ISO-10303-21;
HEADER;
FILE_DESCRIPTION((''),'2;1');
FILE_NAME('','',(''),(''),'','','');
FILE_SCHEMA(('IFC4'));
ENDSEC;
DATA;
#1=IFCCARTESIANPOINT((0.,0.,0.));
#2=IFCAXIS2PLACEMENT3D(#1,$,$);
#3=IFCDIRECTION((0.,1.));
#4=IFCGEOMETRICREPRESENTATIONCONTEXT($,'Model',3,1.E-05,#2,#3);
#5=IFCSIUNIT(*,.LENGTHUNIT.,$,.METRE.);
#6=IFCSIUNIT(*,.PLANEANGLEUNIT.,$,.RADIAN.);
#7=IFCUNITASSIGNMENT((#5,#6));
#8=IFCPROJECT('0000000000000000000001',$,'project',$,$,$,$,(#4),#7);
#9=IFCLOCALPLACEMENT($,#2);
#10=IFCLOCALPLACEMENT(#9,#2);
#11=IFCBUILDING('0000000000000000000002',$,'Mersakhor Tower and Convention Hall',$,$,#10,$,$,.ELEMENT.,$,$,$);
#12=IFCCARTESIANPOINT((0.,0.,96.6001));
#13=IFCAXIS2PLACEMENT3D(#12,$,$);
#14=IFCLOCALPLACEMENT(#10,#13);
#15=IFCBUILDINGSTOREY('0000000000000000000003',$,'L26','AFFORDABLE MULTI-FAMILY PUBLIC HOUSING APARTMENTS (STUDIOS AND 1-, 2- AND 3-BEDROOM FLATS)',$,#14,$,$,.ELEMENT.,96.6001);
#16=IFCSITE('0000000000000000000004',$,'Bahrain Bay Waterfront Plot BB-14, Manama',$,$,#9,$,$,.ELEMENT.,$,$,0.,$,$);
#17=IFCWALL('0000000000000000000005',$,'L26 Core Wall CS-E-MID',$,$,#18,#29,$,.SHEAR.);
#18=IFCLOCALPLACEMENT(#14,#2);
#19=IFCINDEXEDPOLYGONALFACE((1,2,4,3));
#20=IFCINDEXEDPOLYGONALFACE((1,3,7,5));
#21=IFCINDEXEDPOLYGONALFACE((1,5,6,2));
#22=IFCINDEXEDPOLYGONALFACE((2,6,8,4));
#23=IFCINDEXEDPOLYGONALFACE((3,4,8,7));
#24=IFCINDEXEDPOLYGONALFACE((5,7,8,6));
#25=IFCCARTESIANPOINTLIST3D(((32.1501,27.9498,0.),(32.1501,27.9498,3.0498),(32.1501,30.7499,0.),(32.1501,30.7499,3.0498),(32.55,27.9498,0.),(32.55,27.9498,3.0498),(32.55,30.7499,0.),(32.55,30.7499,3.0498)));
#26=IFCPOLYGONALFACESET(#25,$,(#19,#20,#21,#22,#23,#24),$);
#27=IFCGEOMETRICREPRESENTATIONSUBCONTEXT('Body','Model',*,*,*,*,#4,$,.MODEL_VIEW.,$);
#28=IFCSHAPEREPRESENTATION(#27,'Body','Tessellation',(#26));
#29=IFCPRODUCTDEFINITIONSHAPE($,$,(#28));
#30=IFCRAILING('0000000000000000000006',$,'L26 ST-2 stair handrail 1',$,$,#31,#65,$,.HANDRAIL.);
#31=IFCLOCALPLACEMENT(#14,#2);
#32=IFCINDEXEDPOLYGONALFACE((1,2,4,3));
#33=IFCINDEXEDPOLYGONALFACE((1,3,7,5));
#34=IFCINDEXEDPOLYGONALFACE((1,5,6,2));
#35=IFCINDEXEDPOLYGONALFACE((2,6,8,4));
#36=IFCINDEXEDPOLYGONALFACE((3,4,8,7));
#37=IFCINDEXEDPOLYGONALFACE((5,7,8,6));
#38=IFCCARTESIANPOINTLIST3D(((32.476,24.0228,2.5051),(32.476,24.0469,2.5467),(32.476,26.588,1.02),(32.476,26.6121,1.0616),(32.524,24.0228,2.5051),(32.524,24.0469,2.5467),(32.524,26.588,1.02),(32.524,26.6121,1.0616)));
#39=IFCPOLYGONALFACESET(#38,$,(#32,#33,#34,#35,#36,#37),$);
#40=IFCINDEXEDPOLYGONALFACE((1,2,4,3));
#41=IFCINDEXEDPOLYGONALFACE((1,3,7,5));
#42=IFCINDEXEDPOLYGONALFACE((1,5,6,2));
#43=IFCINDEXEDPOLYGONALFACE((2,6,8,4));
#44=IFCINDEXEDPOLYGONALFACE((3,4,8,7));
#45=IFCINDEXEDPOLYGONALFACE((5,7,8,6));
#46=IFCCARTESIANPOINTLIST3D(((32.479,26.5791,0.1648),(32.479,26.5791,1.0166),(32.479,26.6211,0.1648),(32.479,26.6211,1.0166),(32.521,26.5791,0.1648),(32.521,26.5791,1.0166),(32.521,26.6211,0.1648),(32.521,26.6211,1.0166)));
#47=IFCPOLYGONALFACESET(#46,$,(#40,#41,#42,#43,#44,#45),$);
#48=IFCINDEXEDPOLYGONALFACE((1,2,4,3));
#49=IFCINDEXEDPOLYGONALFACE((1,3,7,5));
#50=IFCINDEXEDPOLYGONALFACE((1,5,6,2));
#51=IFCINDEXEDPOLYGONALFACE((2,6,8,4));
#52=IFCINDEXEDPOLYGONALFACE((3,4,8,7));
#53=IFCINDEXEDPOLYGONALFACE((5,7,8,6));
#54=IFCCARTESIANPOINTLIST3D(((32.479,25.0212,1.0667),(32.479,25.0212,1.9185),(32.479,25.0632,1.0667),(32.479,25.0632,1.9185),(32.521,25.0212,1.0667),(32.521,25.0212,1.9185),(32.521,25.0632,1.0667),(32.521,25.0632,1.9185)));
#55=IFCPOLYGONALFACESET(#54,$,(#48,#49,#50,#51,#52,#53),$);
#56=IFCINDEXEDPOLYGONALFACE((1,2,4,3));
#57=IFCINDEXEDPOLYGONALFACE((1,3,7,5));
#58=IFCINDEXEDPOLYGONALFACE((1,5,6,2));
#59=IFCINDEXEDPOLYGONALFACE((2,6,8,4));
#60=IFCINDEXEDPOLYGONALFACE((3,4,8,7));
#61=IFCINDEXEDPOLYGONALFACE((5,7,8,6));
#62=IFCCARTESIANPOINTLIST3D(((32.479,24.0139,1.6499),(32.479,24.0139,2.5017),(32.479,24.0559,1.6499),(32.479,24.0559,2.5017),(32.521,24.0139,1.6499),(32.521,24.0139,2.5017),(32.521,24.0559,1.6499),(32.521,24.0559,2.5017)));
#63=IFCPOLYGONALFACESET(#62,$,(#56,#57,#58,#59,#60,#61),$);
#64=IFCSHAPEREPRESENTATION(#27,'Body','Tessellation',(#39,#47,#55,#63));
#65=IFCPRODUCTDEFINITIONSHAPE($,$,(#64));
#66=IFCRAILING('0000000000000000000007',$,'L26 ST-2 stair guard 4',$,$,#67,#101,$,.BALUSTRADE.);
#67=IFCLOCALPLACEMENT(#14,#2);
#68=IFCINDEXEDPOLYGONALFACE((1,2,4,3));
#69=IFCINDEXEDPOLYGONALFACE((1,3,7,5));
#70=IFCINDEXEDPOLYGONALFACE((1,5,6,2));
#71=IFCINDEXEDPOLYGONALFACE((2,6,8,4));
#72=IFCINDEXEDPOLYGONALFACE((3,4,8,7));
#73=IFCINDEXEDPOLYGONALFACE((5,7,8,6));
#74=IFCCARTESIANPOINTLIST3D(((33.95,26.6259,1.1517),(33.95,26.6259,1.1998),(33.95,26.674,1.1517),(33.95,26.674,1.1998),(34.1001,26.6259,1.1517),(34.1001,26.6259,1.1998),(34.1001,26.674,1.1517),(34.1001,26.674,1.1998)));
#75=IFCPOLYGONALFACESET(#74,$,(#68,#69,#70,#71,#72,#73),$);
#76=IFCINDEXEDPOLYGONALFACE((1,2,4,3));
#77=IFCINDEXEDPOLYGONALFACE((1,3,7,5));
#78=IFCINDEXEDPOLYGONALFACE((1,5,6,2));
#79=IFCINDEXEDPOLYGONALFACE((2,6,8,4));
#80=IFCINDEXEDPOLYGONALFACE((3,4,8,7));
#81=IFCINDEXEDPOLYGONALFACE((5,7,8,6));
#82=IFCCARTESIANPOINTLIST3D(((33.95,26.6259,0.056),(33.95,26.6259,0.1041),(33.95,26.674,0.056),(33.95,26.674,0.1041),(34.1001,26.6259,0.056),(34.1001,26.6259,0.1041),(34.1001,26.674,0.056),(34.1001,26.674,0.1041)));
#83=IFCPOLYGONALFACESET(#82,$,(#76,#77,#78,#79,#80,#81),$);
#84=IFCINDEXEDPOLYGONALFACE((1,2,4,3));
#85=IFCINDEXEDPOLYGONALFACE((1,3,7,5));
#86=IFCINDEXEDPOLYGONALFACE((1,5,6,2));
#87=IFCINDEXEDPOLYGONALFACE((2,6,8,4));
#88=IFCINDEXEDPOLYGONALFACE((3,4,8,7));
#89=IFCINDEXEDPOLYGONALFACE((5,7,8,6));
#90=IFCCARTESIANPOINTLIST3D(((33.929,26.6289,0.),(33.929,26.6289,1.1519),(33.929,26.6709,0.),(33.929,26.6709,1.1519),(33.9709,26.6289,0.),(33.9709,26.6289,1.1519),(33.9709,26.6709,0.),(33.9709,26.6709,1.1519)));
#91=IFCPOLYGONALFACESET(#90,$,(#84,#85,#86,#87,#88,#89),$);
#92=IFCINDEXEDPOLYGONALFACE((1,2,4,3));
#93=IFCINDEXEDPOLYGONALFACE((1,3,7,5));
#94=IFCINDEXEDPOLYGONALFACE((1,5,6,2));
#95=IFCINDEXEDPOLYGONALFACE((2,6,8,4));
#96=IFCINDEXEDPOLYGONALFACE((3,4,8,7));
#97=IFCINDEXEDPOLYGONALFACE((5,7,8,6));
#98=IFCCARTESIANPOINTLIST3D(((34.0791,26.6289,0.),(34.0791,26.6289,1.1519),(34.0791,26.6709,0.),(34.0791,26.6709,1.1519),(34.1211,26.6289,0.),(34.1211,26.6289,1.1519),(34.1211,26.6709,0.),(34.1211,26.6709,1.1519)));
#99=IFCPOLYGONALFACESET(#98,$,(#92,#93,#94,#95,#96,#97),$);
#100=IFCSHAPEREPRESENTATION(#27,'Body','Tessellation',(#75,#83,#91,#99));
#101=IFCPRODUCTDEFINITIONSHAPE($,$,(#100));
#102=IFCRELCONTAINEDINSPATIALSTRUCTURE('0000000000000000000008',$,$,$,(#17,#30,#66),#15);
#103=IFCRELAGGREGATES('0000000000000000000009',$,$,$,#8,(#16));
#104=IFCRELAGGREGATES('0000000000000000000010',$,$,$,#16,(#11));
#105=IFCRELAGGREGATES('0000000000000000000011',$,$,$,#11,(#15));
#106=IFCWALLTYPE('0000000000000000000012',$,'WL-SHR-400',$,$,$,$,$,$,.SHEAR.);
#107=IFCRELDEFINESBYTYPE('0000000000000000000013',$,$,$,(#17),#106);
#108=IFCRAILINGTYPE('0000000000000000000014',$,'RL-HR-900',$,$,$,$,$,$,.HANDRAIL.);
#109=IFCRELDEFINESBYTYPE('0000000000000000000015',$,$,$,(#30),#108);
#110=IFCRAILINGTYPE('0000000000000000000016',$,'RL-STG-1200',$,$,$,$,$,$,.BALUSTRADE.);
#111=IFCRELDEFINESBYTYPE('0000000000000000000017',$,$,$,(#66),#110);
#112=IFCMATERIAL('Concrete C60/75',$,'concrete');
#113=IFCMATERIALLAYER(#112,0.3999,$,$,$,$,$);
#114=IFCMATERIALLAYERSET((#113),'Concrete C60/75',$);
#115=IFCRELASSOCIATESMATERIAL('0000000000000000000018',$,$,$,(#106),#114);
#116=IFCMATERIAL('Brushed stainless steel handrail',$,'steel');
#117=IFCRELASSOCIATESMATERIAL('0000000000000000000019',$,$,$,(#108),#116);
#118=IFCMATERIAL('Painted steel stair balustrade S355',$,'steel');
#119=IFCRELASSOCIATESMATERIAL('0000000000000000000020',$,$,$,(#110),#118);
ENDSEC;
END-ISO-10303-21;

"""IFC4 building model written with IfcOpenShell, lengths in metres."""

from ifc_helpers import new_model, si_unit, direction, frame, frame_2d, origin, origin_2d, place, context, subcontext, project, spatial, rectangle, extrude, material, layer, layer_set, type_object, element, save


model = new_model("IFC4")

# Units and contexts
model_context = context("Model", 3, precision=1e-05, world=origin(), true_north=direction((0.0, 1.0)))
body_context = subcontext(model_context, "Body", "Model", "MODEL_VIEW")
ifc_project = project(units=[si_unit("LENGTHUNIT", "METRE"), si_unit("PLANEANGLEUNIT", "RADIAN")], contexts=[model_context])

# Site, building, storey
site_placement = place(None, origin())
site = spatial("IfcSite", under=ifc_project, at=site_placement, Name="Bahrain Bay Waterfront Plot BB-14, Manama", CompositionType="ELEMENT", RefElevation=0.0)
building_placement = place(site_placement, origin())
building = spatial("IfcBuilding", under=site, at=building_placement, Name="Mersakhor Tower and Convention Hall", CompositionType="ELEMENT")
storey_placement = place(building_placement, frame((0.0, 0.0, 96.6001)))
storey = spatial("IfcBuildingStorey", under=building, at=storey_placement, Name="L26", Description="AFFORDABLE MULTI-FAMILY PUBLIC HOUSING APARTMENTS (STUDIOS AND 1-, 2- AND 3-BEDROOM FLATS)", CompositionType="ELEMENT", Elevation=96.6001)

# Shared definitions
ifc_material_1 = material(Name="Concrete C60/75", Category="concrete")
ifc_layer_1 = layer(ifc_material_1, 0.3999)
ifc_layer_set_1 = layer_set([ifc_layer_1], Name="Concrete C60/75")
wall_type_1 = type_object("IfcWallType", Name="WL-SHR-400", PredefinedType="SHEAR", material=ifc_layer_set_1)

# Wall
wall_1_placement = place(storey_placement, frame((32.3501, 27.95, 0.0), z_axis=(0.0, 0.0, 1.0), x_axis=(0.0, 1.0, 0.0)))
element("IfcWall", 1, at=wall_1_placement, inside=storey, type_object=wall_type_1, Name="L26 Core Wall CS-E-MID", PredefinedType="SHEAR", context=body_context, shape_type="SweptSolid", body=[
    extrude(rectangle(XDim=2.8, YDim=0.3999, at=frame_2d((1.3999, 0.0))), origin(), (0.0, 0.0, 1.0), 3.0498),
])

# Railings
ifc_material_2 = material(Name="Brushed stainless steel handrail", Category="steel")
railing_type_1 = type_object("IfcRailingType", Name="RL-HR-900", PredefinedType="HANDRAIL", material=ifc_material_2)
railing_1_placement = place(storey_placement, frame((32.5, 26.6001, 0.1648)))
element("IfcRailing", 2, at=railing_1_placement, inside=storey, type_object=railing_type_1, Name="L26 ST-2 stair handrail 1", PredefinedType="HANDRAIL", context=body_context, shape_type="SweptSolid", body=[
    extrude(rectangle(XDim=0.0481, YDim=0.0481, at=origin_2d()), frame((0.0, 0.0, 0.876), z_axis=(0.0, -0.865426, 0.501036), x_axis=(1.0, 0.0, 0.0)), (0.0, 0.0, 1.0), 2.9641),
    extrude(rectangle(XDim=0.042, YDim=0.042, at=origin_2d()), origin(), (0.0, 0.0, 1.0), 0.8518),
    extrude(rectangle(XDim=0.042, YDim=0.042, at=origin_2d()), frame((0.0, -1.5579, 0.9019)), (0.0, 0.0, 1.0), 0.8518),
    extrude(rectangle(XDim=0.042, YDim=0.042, at=origin_2d()), frame((0.0, -2.5652, 1.4851)), (0.0, 0.0, 1.0), 0.8518),
])
ifc_material_3 = material(Name="Painted steel stair balustrade S355", Category="steel")
railing_type_2 = type_object("IfcRailingType", Name="RL-STG-1200", PredefinedType="BALUSTRADE", material=ifc_material_3)
railing_2_placement = place(storey_placement, frame((33.95, 26.6499, 0.0)))
element("IfcRailing", 3, at=railing_2_placement, inside=storey, type_object=railing_type_2, Name="L26 ST-2 stair guard 4", PredefinedType="BALUSTRADE", context=body_context, shape_type="SweptSolid", body=[
    extrude(rectangle(XDim=0.0481, YDim=0.0481, at=origin_2d()), frame((0.0, 0.0, 1.1758), z_axis=(1.0, 0.0, 0.0), x_axis=(0.0, 1.0, 0.0)), (0.0, 0.0, 1.0), 0.1501),
    extrude(rectangle(XDim=0.0481, YDim=0.0481, at=origin_2d()), frame((0.0, 0.0, 0.0801), z_axis=(1.0, 0.0, 0.0), x_axis=(0.0, 1.0, 0.0)), (0.0, 0.0, 1.0), 0.1501),
    extrude(rectangle(XDim=0.042, YDim=0.042, at=origin_2d()), origin(), (0.0, 0.0, 1.0), 1.1519),
    extrude(rectangle(XDim=0.042, YDim=0.042, at=origin_2d()), frame((0.1501, 0.0, 0.0)), (0.0, 0.0, 1.0), 1.1519),
])

save(model, "model.ifc")
